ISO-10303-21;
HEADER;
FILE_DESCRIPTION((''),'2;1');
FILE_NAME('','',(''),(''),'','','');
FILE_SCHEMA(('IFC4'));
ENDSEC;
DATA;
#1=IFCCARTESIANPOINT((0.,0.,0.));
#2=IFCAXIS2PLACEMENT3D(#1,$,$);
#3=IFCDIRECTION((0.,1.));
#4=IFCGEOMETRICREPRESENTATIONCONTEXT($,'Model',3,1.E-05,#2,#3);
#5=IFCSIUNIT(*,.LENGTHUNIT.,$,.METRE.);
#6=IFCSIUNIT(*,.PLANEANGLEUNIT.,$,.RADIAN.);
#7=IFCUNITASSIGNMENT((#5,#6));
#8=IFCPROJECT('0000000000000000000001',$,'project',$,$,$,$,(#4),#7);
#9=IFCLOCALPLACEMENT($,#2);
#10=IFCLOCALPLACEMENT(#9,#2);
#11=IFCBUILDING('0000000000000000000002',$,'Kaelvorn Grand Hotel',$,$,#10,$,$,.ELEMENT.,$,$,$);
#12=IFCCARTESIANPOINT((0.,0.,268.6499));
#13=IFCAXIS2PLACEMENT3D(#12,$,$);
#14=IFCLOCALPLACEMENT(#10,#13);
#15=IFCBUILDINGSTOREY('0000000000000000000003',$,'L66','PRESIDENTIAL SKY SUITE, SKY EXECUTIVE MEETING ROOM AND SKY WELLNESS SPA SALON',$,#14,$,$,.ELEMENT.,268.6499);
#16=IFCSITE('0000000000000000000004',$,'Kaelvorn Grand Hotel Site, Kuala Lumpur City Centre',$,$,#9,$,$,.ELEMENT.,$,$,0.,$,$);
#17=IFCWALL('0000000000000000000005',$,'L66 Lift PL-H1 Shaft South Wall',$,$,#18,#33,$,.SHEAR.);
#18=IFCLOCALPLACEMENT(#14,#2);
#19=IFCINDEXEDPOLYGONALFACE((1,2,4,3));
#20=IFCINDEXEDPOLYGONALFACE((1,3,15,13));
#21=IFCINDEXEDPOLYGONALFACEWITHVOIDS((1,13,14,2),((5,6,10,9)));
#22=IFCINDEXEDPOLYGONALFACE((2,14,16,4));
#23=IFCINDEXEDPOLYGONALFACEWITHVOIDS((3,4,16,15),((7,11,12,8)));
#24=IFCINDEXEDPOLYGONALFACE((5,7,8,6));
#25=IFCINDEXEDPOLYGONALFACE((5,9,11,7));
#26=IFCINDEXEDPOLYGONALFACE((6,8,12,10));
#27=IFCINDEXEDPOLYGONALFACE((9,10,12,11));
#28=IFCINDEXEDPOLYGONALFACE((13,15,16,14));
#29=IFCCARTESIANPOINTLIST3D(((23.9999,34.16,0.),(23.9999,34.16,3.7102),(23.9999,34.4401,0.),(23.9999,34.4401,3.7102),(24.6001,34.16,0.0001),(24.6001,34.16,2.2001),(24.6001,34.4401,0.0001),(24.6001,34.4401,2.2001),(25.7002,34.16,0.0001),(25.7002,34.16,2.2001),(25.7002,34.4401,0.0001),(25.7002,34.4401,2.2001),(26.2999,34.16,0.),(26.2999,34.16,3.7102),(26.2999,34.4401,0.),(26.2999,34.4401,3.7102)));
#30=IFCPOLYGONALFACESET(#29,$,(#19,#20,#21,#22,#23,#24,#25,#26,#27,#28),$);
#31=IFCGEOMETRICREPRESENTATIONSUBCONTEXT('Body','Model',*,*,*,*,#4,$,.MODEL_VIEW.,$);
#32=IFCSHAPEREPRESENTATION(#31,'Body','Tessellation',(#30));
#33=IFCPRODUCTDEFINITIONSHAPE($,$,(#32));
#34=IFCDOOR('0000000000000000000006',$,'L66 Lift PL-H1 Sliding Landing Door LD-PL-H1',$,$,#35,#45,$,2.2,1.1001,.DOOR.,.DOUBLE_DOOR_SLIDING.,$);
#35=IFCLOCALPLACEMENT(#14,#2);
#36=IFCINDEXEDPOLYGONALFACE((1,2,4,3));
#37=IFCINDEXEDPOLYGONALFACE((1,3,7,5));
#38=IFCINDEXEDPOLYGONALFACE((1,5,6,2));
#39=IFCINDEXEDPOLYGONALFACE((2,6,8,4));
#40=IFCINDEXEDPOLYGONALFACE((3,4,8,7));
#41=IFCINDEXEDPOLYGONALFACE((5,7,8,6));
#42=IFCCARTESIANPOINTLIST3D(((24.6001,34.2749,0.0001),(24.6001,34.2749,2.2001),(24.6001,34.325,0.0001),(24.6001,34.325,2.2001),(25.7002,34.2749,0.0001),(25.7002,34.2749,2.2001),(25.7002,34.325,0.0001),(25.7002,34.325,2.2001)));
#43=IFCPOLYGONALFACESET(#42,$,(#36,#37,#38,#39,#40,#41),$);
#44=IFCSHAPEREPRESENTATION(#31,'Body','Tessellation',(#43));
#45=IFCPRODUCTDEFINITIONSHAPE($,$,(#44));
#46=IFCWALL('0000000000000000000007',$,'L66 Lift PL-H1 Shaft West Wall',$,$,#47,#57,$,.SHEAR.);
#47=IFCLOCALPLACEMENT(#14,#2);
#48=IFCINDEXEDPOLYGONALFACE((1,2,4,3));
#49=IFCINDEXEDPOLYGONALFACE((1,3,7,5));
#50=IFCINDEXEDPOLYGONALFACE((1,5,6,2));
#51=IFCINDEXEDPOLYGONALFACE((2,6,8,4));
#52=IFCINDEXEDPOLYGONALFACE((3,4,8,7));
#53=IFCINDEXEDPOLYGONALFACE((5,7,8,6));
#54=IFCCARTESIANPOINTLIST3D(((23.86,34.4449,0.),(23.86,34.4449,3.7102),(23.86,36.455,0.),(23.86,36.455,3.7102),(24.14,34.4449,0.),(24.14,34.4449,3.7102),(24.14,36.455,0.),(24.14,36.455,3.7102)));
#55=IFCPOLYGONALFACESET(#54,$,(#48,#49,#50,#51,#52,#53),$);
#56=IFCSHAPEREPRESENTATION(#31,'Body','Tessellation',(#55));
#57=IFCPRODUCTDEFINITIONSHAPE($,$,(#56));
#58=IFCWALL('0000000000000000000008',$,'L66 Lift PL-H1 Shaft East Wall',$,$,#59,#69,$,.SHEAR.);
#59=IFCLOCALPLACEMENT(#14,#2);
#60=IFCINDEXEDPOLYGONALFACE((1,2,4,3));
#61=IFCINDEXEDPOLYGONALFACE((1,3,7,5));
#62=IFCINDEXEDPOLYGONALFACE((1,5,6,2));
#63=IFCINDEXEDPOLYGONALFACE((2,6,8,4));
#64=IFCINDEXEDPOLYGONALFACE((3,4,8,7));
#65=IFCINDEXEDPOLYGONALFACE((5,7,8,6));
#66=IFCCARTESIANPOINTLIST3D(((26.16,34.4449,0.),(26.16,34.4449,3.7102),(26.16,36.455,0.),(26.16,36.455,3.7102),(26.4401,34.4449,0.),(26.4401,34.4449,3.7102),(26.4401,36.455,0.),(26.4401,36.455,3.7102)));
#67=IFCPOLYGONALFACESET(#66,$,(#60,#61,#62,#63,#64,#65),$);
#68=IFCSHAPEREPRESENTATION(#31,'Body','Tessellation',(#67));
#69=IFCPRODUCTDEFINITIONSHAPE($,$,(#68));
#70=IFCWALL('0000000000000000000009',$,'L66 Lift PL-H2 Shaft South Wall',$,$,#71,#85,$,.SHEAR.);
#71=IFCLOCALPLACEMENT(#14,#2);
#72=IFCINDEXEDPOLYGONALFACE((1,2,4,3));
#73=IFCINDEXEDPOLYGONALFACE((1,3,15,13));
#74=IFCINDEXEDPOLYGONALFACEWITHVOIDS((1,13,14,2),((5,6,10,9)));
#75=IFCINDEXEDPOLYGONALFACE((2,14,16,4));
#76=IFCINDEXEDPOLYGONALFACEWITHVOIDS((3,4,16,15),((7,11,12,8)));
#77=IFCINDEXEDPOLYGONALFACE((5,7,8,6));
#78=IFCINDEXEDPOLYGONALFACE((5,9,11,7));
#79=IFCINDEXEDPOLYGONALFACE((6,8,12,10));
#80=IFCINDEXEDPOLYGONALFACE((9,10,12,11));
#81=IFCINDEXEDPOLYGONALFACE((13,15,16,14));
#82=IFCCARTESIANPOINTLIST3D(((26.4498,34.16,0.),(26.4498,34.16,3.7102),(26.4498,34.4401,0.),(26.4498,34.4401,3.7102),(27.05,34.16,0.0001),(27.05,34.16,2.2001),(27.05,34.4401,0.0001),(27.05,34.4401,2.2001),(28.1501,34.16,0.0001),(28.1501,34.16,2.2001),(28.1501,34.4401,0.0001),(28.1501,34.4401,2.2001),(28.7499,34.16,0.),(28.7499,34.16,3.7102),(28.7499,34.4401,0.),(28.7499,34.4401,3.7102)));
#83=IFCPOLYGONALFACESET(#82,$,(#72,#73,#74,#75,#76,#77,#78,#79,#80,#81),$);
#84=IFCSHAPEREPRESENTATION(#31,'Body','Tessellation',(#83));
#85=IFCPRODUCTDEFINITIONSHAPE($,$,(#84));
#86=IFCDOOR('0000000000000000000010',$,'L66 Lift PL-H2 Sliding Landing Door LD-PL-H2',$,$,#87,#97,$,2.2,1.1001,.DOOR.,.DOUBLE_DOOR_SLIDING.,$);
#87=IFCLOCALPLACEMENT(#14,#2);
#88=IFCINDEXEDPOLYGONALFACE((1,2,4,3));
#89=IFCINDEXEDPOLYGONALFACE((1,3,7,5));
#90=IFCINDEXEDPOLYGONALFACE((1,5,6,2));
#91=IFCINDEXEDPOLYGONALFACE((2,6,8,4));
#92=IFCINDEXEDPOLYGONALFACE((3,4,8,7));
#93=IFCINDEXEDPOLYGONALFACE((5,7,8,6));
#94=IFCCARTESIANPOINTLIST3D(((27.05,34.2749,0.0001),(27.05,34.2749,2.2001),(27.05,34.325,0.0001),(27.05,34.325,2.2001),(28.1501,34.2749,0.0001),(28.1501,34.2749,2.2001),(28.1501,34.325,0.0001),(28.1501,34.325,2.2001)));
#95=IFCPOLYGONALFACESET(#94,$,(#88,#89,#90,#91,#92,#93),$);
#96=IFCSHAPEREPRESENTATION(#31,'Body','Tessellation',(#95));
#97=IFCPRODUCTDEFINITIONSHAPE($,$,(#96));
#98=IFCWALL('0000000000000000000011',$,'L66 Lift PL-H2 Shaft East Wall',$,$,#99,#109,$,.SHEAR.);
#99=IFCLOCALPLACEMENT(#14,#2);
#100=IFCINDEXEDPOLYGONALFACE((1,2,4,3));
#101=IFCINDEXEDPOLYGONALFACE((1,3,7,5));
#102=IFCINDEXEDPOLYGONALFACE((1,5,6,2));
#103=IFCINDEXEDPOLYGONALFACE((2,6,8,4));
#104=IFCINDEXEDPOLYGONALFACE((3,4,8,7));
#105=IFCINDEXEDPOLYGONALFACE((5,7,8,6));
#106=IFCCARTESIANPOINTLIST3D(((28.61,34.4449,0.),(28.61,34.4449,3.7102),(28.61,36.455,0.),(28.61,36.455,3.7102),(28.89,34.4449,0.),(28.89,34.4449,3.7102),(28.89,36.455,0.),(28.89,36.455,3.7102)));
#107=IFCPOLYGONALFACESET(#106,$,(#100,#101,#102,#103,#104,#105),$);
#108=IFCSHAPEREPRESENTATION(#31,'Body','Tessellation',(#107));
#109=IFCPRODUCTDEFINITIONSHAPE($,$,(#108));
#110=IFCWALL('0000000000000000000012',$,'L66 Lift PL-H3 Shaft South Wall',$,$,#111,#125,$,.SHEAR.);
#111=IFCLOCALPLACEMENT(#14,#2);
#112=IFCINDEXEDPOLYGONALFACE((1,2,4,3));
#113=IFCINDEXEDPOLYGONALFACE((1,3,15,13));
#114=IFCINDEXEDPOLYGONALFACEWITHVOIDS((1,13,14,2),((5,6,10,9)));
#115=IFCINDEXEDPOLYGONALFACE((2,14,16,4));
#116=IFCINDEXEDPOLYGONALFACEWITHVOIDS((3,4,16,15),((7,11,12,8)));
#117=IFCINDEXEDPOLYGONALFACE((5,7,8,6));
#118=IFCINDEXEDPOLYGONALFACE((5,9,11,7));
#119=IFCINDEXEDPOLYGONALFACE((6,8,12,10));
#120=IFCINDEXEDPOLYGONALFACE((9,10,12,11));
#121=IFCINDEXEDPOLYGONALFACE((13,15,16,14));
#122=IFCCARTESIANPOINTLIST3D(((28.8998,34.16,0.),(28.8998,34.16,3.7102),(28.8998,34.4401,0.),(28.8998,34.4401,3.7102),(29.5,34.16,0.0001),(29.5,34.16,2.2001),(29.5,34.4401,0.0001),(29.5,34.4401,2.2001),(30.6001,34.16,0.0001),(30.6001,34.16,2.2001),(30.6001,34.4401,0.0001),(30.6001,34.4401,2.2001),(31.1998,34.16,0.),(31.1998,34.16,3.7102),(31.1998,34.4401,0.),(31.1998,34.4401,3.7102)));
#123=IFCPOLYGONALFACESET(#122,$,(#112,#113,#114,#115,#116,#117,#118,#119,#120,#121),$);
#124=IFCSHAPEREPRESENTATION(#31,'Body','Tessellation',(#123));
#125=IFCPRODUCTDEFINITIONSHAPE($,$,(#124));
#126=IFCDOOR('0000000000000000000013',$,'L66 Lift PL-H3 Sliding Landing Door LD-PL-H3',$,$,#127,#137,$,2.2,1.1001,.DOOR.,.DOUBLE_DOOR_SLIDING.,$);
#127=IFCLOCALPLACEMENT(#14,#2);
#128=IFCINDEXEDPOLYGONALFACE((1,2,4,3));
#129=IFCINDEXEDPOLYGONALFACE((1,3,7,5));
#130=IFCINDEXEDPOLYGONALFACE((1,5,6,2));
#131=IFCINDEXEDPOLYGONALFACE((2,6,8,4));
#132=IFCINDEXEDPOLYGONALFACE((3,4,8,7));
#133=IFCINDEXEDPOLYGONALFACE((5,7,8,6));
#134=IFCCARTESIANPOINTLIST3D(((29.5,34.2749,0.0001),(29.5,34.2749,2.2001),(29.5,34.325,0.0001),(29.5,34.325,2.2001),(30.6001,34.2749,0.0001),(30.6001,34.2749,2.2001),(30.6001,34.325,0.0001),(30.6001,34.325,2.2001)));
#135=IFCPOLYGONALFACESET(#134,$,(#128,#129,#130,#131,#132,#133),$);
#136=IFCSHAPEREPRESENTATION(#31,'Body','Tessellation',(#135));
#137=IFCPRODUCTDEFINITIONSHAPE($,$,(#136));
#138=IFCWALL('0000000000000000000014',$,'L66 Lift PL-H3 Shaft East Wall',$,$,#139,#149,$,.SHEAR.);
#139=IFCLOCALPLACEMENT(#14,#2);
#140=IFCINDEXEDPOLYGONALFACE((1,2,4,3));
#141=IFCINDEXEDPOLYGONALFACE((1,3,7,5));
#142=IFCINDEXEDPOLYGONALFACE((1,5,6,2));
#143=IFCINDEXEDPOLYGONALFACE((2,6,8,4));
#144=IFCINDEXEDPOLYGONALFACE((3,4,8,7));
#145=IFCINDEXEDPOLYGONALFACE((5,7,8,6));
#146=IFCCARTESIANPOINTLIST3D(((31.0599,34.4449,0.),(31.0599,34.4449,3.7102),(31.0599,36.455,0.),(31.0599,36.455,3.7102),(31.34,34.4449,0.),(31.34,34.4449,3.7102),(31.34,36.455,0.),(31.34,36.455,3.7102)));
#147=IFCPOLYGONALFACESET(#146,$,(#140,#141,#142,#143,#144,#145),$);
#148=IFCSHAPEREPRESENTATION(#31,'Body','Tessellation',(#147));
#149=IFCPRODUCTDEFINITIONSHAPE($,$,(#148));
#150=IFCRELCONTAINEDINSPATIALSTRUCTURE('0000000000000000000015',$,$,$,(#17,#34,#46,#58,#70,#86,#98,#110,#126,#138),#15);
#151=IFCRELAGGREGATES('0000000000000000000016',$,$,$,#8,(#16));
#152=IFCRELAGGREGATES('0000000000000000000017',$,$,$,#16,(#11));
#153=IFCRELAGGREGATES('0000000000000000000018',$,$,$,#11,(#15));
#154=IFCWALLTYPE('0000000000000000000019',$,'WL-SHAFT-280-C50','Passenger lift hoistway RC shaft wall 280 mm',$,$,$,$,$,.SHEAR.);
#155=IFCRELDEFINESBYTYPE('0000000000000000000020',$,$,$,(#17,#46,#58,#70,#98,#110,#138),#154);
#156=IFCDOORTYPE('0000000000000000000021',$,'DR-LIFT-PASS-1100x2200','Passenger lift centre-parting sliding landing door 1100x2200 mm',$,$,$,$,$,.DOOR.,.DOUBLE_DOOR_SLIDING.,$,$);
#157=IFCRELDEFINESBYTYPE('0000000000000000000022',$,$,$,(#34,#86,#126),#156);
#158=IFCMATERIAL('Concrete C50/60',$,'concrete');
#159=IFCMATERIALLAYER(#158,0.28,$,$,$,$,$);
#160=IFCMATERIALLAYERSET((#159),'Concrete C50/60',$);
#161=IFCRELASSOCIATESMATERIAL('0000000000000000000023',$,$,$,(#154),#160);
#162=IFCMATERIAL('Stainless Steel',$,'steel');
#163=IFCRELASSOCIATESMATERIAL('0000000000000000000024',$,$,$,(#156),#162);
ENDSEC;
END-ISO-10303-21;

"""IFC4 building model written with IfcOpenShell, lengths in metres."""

from ifc_helpers import new_model, si_unit, direction, frame, frame_2d, origin, place, context, subcontext, project, spatial, rectangle, extrude, material, layer, layer_set, type_object, element, fill, save


model = new_model("IFC4")

# Units and contexts
model_context = context("Model", 3, precision=1e-05, world=origin(), true_north=direction((0.0, 1.0)))
body_context = subcontext(model_context, "Body", "Model", "MODEL_VIEW")
ifc_project = project(units=[si_unit("LENGTHUNIT", "METRE"), si_unit("PLANEANGLEUNIT", "RADIAN")], contexts=[model_context])

# Site, building, storey
site_placement = place(None, origin())
site = spatial("IfcSite", under=ifc_project, at=site_placement, Name="Kaelvorn Grand Hotel Site, Kuala Lumpur City Centre", CompositionType="ELEMENT", RefElevation=0.0)
building_placement = place(site_placement, origin())
building = spatial("IfcBuilding", under=site, at=building_placement, Name="Kaelvorn Grand Hotel", CompositionType="ELEMENT")
storey_placement = place(building_placement, frame((0.0, 0.0, 268.6499)))
storey = spatial("IfcBuildingStorey", under=building, at=storey_placement, Name="L66", Description="PRESIDENTIAL SKY SUITE, SKY EXECUTIVE MEETING ROOM AND SKY WELLNESS SPA SALON", CompositionType="ELEMENT", Elevation=268.6499)

# Shared definitions
ifc_material_1 = material(Name="Concrete C50/60", Category="concrete")

# Wall, opening, door
ifc_layer_1 = layer(ifc_material_1, 0.28)
ifc_layer_set_1 = layer_set([ifc_layer_1], Name="Concrete C50/60")
wall_type_1 = type_object("IfcWallType", Name="WL-SHAFT-280-C50", Description="Passenger lift hoistway RC shaft wall 280 mm", PredefinedType="SHEAR", material=ifc_layer_set_1)
wall_1_placement = place(storey_placement, frame((24.0, 34.3, 0.0), z_axis=(0.0, 0.0, 1.0), x_axis=(1.0, 0.0, 0.0)))
wall_1 = element("IfcWall", 1, at=wall_1_placement, inside=storey, type_object=wall_type_1, Name="L66 Lift PL-H1 Shaft South Wall", PredefinedType="SHEAR", context=body_context, shape_type="SweptSolid", body=[
    extrude(rectangle(XDim=2.3, YDim=0.28, at=frame_2d((1.1499, 0.0))), origin(), (0.0, 0.0, 1.0), 3.7102),
])
opening_1_placement = place(wall_1_placement, frame((0.6001, 0.0, 0.0)))
opening_1 = element("IfcOpeningElement", 2, at=opening_1_placement, cuts=wall_1, PredefinedType="OPENING", context=body_context, shape_type="SweptSolid", body=[
    extrude(rectangle(XDim=1.1001, YDim=2.2, at=frame_2d((0.55, 1.1001))), frame((0.0, 0.1499, 0.0), z_axis=(0.0, -1.0, 0.0), x_axis=(1.0, 0.0, 0.0)), (0.0, 0.0, 1.0), 0.3),
])
ifc_material_2 = material(Name="Stainless Steel", Category="steel")
door_type_1 = type_object("IfcDoorType", Name="DR-LIFT-PASS-1100x2200", Description="Passenger lift centre-parting sliding landing door 1100x2200 mm", OperationType="DOUBLE_DOOR_SLIDING", PredefinedType="DOOR", material=ifc_material_2)
door_1_placement = place(opening_1_placement, origin())
door_1 = element("IfcDoor", 3, at=door_1_placement, inside=storey, type_object=door_type_1, Name="L66 Lift PL-H1 Sliding Landing Door LD-PL-H1", OperationType="DOUBLE_DOOR_SLIDING", OverallHeight=2.2, OverallWidth=1.1001, PredefinedType="DOOR", context=body_context, shape_type="SweptSolid", body=[
    extrude(rectangle(XDim=1.1001, YDim=2.2, at=frame_2d((0.55, 1.1001))), frame((0.0, 0.0249, 0.0), z_axis=(0.0, -1.0, 0.0), x_axis=(1.0, 0.0, 0.0)), (0.0, 0.0, 1.0), 0.05),
])
fill(opening_1, door_1)

# Walls
for number, where, z_axis, x_axis, name in (
    (4, (24.0, 34.4451, 0.0), (0.0, 0.0, 1.0), (0.0, 1.0, 0.0), "L66 Lift PL-H1 Shaft West Wall"),
    (5, (26.3, 34.4451, 0.0), (0.0, 0.0, 1.0), (0.0, 1.0, 0.0), "L66 Lift PL-H1 Shaft East Wall"),
):
    element("IfcWall", number, at=place(storey_placement, frame(where, z_axis=z_axis, x_axis=x_axis)), inside=storey, type_object=wall_type_1, Name=name, PredefinedType="SHEAR", context=body_context, shape_type="SweptSolid", body=[
        extrude(rectangle(XDim=2.01, YDim=0.28, at=frame_2d((1.0049, 0.0))), origin(), (0.0, 0.0, 1.0), 3.7102),
    ])

# Wall, opening, door
wall_2_placement = place(storey_placement, frame((26.45, 34.3, 0.0), z_axis=(0.0, 0.0, 1.0), x_axis=(1.0, 0.0, 0.0)))
wall_2 = element("IfcWall", 6, at=wall_2_placement, inside=storey, type_object=wall_type_1, Name="L66 Lift PL-H2 Shaft South Wall", PredefinedType="SHEAR", context=body_context, shape_type="SweptSolid", body=[
    extrude(rectangle(XDim=2.3, YDim=0.28, at=frame_2d((1.1499, 0.0))), origin(), (0.0, 0.0, 1.0), 3.7102),
])
opening_2_placement = place(wall_2_placement, frame((0.6001, 0.0, 0.0)))
opening_2 = element("IfcOpeningElement", 7, at=opening_2_placement, cuts=wall_2, PredefinedType="OPENING", context=body_context, shape_type="SweptSolid", body=[
    extrude(rectangle(XDim=1.1001, YDim=2.2, at=frame_2d((0.55, 1.1001))), frame((0.0, 0.1499, 0.0), z_axis=(0.0, -1.0, 0.0), x_axis=(1.0, 0.0, 0.0)), (0.0, 0.0, 1.0), 0.3),
])
door_2_placement = place(opening_2_placement, origin())
door_2 = element("IfcDoor", 8, at=door_2_placement, inside=storey, type_object=door_type_1, Name="L66 Lift PL-H2 Sliding Landing Door LD-PL-H2", OperationType="DOUBLE_DOOR_SLIDING", OverallHeight=2.2, OverallWidth=1.1001, PredefinedType="DOOR", context=body_context, shape_type="SweptSolid", body=[
    extrude(rectangle(XDim=1.1001, YDim=2.2, at=frame_2d((0.55, 1.1001))), frame((0.0, 0.0249, 0.0), z_axis=(0.0, -1.0, 0.0), x_axis=(1.0, 0.0, 0.0)), (0.0, 0.0, 1.0), 0.05),
])
fill(opening_2, door_2)

# Wall
wall_3_placement = place(storey_placement, frame((28.75, 34.4451, 0.0), z_axis=(0.0, 0.0, 1.0), x_axis=(0.0, 1.0, 0.0)))
element("IfcWall", 9, at=wall_3_placement, inside=storey, type_object=wall_type_1, Name="L66 Lift PL-H2 Shaft East Wall", PredefinedType="SHEAR", context=body_context, shape_type="SweptSolid", body=[
    extrude(rectangle(XDim=2.01, YDim=0.28, at=frame_2d((1.0049, 0.0))), origin(), (0.0, 0.0, 1.0), 3.7102),
])

# Wall, opening, door
wall_4_placement = place(storey_placement, frame((28.8999, 34.3, 0.0), z_axis=(0.0, 0.0, 1.0), x_axis=(1.0, 0.0, 0.0)))
wall_4 = element("IfcWall", 10, at=wall_4_placement, inside=storey, type_object=wall_type_1, Name="L66 Lift PL-H3 Shaft South Wall", PredefinedType="SHEAR", context=body_context, shape_type="SweptSolid", body=[
    extrude(rectangle(XDim=2.3, YDim=0.28, at=frame_2d((1.1499, 0.0))), origin(), (0.0, 0.0, 1.0), 3.7102),
])
opening_3_placement = place(wall_4_placement, frame((0.6001, 0.0, 0.0)))
opening_3 = element("IfcOpeningElement", 11, at=opening_3_placement, cuts=wall_4, PredefinedType="OPENING", context=body_context, shape_type="SweptSolid", body=[
    extrude(rectangle(XDim=1.1001, YDim=2.2, at=frame_2d((0.55, 1.1001))), frame((0.0, 0.1499, 0.0), z_axis=(0.0, -1.0, 0.0), x_axis=(1.0, 0.0, 0.0)), (0.0, 0.0, 1.0), 0.3),
])
door_3_placement = place(opening_3_placement, origin())
door_3 = element("IfcDoor", 12, at=door_3_placement, inside=storey, type_object=door_type_1, Name="L66 Lift PL-H3 Sliding Landing Door LD-PL-H3", OperationType="DOUBLE_DOOR_SLIDING", OverallHeight=2.2, OverallWidth=1.1001, PredefinedType="DOOR", context=body_context, shape_type="SweptSolid", body=[
    extrude(rectangle(XDim=1.1001, YDim=2.2, at=frame_2d((0.55, 1.1001))), frame((0.0, 0.0249, 0.0), z_axis=(0.0, -1.0, 0.0), x_axis=(1.0, 0.0, 0.0)), (0.0, 0.0, 1.0), 0.05),
])
fill(opening_3, door_3)

# Wall
wall_5_placement = place(storey_placement, frame((31.2, 34.4451, 0.0), z_axis=(0.0, 0.0, 1.0), x_axis=(0.0, 1.0, 0.0)))
element("IfcWall", 13, at=wall_5_placement, inside=storey, type_object=wall_type_1, Name="L66 Lift PL-H3 Shaft East Wall", PredefinedType="SHEAR", context=body_context, shape_type="SweptSolid", body=[
    extrude(rectangle(XDim=2.01, YDim=0.28, at=frame_2d((1.0049, 0.0))), origin(), (0.0, 0.0, 1.0), 3.7102),
])

save(model, "model.ifc")
